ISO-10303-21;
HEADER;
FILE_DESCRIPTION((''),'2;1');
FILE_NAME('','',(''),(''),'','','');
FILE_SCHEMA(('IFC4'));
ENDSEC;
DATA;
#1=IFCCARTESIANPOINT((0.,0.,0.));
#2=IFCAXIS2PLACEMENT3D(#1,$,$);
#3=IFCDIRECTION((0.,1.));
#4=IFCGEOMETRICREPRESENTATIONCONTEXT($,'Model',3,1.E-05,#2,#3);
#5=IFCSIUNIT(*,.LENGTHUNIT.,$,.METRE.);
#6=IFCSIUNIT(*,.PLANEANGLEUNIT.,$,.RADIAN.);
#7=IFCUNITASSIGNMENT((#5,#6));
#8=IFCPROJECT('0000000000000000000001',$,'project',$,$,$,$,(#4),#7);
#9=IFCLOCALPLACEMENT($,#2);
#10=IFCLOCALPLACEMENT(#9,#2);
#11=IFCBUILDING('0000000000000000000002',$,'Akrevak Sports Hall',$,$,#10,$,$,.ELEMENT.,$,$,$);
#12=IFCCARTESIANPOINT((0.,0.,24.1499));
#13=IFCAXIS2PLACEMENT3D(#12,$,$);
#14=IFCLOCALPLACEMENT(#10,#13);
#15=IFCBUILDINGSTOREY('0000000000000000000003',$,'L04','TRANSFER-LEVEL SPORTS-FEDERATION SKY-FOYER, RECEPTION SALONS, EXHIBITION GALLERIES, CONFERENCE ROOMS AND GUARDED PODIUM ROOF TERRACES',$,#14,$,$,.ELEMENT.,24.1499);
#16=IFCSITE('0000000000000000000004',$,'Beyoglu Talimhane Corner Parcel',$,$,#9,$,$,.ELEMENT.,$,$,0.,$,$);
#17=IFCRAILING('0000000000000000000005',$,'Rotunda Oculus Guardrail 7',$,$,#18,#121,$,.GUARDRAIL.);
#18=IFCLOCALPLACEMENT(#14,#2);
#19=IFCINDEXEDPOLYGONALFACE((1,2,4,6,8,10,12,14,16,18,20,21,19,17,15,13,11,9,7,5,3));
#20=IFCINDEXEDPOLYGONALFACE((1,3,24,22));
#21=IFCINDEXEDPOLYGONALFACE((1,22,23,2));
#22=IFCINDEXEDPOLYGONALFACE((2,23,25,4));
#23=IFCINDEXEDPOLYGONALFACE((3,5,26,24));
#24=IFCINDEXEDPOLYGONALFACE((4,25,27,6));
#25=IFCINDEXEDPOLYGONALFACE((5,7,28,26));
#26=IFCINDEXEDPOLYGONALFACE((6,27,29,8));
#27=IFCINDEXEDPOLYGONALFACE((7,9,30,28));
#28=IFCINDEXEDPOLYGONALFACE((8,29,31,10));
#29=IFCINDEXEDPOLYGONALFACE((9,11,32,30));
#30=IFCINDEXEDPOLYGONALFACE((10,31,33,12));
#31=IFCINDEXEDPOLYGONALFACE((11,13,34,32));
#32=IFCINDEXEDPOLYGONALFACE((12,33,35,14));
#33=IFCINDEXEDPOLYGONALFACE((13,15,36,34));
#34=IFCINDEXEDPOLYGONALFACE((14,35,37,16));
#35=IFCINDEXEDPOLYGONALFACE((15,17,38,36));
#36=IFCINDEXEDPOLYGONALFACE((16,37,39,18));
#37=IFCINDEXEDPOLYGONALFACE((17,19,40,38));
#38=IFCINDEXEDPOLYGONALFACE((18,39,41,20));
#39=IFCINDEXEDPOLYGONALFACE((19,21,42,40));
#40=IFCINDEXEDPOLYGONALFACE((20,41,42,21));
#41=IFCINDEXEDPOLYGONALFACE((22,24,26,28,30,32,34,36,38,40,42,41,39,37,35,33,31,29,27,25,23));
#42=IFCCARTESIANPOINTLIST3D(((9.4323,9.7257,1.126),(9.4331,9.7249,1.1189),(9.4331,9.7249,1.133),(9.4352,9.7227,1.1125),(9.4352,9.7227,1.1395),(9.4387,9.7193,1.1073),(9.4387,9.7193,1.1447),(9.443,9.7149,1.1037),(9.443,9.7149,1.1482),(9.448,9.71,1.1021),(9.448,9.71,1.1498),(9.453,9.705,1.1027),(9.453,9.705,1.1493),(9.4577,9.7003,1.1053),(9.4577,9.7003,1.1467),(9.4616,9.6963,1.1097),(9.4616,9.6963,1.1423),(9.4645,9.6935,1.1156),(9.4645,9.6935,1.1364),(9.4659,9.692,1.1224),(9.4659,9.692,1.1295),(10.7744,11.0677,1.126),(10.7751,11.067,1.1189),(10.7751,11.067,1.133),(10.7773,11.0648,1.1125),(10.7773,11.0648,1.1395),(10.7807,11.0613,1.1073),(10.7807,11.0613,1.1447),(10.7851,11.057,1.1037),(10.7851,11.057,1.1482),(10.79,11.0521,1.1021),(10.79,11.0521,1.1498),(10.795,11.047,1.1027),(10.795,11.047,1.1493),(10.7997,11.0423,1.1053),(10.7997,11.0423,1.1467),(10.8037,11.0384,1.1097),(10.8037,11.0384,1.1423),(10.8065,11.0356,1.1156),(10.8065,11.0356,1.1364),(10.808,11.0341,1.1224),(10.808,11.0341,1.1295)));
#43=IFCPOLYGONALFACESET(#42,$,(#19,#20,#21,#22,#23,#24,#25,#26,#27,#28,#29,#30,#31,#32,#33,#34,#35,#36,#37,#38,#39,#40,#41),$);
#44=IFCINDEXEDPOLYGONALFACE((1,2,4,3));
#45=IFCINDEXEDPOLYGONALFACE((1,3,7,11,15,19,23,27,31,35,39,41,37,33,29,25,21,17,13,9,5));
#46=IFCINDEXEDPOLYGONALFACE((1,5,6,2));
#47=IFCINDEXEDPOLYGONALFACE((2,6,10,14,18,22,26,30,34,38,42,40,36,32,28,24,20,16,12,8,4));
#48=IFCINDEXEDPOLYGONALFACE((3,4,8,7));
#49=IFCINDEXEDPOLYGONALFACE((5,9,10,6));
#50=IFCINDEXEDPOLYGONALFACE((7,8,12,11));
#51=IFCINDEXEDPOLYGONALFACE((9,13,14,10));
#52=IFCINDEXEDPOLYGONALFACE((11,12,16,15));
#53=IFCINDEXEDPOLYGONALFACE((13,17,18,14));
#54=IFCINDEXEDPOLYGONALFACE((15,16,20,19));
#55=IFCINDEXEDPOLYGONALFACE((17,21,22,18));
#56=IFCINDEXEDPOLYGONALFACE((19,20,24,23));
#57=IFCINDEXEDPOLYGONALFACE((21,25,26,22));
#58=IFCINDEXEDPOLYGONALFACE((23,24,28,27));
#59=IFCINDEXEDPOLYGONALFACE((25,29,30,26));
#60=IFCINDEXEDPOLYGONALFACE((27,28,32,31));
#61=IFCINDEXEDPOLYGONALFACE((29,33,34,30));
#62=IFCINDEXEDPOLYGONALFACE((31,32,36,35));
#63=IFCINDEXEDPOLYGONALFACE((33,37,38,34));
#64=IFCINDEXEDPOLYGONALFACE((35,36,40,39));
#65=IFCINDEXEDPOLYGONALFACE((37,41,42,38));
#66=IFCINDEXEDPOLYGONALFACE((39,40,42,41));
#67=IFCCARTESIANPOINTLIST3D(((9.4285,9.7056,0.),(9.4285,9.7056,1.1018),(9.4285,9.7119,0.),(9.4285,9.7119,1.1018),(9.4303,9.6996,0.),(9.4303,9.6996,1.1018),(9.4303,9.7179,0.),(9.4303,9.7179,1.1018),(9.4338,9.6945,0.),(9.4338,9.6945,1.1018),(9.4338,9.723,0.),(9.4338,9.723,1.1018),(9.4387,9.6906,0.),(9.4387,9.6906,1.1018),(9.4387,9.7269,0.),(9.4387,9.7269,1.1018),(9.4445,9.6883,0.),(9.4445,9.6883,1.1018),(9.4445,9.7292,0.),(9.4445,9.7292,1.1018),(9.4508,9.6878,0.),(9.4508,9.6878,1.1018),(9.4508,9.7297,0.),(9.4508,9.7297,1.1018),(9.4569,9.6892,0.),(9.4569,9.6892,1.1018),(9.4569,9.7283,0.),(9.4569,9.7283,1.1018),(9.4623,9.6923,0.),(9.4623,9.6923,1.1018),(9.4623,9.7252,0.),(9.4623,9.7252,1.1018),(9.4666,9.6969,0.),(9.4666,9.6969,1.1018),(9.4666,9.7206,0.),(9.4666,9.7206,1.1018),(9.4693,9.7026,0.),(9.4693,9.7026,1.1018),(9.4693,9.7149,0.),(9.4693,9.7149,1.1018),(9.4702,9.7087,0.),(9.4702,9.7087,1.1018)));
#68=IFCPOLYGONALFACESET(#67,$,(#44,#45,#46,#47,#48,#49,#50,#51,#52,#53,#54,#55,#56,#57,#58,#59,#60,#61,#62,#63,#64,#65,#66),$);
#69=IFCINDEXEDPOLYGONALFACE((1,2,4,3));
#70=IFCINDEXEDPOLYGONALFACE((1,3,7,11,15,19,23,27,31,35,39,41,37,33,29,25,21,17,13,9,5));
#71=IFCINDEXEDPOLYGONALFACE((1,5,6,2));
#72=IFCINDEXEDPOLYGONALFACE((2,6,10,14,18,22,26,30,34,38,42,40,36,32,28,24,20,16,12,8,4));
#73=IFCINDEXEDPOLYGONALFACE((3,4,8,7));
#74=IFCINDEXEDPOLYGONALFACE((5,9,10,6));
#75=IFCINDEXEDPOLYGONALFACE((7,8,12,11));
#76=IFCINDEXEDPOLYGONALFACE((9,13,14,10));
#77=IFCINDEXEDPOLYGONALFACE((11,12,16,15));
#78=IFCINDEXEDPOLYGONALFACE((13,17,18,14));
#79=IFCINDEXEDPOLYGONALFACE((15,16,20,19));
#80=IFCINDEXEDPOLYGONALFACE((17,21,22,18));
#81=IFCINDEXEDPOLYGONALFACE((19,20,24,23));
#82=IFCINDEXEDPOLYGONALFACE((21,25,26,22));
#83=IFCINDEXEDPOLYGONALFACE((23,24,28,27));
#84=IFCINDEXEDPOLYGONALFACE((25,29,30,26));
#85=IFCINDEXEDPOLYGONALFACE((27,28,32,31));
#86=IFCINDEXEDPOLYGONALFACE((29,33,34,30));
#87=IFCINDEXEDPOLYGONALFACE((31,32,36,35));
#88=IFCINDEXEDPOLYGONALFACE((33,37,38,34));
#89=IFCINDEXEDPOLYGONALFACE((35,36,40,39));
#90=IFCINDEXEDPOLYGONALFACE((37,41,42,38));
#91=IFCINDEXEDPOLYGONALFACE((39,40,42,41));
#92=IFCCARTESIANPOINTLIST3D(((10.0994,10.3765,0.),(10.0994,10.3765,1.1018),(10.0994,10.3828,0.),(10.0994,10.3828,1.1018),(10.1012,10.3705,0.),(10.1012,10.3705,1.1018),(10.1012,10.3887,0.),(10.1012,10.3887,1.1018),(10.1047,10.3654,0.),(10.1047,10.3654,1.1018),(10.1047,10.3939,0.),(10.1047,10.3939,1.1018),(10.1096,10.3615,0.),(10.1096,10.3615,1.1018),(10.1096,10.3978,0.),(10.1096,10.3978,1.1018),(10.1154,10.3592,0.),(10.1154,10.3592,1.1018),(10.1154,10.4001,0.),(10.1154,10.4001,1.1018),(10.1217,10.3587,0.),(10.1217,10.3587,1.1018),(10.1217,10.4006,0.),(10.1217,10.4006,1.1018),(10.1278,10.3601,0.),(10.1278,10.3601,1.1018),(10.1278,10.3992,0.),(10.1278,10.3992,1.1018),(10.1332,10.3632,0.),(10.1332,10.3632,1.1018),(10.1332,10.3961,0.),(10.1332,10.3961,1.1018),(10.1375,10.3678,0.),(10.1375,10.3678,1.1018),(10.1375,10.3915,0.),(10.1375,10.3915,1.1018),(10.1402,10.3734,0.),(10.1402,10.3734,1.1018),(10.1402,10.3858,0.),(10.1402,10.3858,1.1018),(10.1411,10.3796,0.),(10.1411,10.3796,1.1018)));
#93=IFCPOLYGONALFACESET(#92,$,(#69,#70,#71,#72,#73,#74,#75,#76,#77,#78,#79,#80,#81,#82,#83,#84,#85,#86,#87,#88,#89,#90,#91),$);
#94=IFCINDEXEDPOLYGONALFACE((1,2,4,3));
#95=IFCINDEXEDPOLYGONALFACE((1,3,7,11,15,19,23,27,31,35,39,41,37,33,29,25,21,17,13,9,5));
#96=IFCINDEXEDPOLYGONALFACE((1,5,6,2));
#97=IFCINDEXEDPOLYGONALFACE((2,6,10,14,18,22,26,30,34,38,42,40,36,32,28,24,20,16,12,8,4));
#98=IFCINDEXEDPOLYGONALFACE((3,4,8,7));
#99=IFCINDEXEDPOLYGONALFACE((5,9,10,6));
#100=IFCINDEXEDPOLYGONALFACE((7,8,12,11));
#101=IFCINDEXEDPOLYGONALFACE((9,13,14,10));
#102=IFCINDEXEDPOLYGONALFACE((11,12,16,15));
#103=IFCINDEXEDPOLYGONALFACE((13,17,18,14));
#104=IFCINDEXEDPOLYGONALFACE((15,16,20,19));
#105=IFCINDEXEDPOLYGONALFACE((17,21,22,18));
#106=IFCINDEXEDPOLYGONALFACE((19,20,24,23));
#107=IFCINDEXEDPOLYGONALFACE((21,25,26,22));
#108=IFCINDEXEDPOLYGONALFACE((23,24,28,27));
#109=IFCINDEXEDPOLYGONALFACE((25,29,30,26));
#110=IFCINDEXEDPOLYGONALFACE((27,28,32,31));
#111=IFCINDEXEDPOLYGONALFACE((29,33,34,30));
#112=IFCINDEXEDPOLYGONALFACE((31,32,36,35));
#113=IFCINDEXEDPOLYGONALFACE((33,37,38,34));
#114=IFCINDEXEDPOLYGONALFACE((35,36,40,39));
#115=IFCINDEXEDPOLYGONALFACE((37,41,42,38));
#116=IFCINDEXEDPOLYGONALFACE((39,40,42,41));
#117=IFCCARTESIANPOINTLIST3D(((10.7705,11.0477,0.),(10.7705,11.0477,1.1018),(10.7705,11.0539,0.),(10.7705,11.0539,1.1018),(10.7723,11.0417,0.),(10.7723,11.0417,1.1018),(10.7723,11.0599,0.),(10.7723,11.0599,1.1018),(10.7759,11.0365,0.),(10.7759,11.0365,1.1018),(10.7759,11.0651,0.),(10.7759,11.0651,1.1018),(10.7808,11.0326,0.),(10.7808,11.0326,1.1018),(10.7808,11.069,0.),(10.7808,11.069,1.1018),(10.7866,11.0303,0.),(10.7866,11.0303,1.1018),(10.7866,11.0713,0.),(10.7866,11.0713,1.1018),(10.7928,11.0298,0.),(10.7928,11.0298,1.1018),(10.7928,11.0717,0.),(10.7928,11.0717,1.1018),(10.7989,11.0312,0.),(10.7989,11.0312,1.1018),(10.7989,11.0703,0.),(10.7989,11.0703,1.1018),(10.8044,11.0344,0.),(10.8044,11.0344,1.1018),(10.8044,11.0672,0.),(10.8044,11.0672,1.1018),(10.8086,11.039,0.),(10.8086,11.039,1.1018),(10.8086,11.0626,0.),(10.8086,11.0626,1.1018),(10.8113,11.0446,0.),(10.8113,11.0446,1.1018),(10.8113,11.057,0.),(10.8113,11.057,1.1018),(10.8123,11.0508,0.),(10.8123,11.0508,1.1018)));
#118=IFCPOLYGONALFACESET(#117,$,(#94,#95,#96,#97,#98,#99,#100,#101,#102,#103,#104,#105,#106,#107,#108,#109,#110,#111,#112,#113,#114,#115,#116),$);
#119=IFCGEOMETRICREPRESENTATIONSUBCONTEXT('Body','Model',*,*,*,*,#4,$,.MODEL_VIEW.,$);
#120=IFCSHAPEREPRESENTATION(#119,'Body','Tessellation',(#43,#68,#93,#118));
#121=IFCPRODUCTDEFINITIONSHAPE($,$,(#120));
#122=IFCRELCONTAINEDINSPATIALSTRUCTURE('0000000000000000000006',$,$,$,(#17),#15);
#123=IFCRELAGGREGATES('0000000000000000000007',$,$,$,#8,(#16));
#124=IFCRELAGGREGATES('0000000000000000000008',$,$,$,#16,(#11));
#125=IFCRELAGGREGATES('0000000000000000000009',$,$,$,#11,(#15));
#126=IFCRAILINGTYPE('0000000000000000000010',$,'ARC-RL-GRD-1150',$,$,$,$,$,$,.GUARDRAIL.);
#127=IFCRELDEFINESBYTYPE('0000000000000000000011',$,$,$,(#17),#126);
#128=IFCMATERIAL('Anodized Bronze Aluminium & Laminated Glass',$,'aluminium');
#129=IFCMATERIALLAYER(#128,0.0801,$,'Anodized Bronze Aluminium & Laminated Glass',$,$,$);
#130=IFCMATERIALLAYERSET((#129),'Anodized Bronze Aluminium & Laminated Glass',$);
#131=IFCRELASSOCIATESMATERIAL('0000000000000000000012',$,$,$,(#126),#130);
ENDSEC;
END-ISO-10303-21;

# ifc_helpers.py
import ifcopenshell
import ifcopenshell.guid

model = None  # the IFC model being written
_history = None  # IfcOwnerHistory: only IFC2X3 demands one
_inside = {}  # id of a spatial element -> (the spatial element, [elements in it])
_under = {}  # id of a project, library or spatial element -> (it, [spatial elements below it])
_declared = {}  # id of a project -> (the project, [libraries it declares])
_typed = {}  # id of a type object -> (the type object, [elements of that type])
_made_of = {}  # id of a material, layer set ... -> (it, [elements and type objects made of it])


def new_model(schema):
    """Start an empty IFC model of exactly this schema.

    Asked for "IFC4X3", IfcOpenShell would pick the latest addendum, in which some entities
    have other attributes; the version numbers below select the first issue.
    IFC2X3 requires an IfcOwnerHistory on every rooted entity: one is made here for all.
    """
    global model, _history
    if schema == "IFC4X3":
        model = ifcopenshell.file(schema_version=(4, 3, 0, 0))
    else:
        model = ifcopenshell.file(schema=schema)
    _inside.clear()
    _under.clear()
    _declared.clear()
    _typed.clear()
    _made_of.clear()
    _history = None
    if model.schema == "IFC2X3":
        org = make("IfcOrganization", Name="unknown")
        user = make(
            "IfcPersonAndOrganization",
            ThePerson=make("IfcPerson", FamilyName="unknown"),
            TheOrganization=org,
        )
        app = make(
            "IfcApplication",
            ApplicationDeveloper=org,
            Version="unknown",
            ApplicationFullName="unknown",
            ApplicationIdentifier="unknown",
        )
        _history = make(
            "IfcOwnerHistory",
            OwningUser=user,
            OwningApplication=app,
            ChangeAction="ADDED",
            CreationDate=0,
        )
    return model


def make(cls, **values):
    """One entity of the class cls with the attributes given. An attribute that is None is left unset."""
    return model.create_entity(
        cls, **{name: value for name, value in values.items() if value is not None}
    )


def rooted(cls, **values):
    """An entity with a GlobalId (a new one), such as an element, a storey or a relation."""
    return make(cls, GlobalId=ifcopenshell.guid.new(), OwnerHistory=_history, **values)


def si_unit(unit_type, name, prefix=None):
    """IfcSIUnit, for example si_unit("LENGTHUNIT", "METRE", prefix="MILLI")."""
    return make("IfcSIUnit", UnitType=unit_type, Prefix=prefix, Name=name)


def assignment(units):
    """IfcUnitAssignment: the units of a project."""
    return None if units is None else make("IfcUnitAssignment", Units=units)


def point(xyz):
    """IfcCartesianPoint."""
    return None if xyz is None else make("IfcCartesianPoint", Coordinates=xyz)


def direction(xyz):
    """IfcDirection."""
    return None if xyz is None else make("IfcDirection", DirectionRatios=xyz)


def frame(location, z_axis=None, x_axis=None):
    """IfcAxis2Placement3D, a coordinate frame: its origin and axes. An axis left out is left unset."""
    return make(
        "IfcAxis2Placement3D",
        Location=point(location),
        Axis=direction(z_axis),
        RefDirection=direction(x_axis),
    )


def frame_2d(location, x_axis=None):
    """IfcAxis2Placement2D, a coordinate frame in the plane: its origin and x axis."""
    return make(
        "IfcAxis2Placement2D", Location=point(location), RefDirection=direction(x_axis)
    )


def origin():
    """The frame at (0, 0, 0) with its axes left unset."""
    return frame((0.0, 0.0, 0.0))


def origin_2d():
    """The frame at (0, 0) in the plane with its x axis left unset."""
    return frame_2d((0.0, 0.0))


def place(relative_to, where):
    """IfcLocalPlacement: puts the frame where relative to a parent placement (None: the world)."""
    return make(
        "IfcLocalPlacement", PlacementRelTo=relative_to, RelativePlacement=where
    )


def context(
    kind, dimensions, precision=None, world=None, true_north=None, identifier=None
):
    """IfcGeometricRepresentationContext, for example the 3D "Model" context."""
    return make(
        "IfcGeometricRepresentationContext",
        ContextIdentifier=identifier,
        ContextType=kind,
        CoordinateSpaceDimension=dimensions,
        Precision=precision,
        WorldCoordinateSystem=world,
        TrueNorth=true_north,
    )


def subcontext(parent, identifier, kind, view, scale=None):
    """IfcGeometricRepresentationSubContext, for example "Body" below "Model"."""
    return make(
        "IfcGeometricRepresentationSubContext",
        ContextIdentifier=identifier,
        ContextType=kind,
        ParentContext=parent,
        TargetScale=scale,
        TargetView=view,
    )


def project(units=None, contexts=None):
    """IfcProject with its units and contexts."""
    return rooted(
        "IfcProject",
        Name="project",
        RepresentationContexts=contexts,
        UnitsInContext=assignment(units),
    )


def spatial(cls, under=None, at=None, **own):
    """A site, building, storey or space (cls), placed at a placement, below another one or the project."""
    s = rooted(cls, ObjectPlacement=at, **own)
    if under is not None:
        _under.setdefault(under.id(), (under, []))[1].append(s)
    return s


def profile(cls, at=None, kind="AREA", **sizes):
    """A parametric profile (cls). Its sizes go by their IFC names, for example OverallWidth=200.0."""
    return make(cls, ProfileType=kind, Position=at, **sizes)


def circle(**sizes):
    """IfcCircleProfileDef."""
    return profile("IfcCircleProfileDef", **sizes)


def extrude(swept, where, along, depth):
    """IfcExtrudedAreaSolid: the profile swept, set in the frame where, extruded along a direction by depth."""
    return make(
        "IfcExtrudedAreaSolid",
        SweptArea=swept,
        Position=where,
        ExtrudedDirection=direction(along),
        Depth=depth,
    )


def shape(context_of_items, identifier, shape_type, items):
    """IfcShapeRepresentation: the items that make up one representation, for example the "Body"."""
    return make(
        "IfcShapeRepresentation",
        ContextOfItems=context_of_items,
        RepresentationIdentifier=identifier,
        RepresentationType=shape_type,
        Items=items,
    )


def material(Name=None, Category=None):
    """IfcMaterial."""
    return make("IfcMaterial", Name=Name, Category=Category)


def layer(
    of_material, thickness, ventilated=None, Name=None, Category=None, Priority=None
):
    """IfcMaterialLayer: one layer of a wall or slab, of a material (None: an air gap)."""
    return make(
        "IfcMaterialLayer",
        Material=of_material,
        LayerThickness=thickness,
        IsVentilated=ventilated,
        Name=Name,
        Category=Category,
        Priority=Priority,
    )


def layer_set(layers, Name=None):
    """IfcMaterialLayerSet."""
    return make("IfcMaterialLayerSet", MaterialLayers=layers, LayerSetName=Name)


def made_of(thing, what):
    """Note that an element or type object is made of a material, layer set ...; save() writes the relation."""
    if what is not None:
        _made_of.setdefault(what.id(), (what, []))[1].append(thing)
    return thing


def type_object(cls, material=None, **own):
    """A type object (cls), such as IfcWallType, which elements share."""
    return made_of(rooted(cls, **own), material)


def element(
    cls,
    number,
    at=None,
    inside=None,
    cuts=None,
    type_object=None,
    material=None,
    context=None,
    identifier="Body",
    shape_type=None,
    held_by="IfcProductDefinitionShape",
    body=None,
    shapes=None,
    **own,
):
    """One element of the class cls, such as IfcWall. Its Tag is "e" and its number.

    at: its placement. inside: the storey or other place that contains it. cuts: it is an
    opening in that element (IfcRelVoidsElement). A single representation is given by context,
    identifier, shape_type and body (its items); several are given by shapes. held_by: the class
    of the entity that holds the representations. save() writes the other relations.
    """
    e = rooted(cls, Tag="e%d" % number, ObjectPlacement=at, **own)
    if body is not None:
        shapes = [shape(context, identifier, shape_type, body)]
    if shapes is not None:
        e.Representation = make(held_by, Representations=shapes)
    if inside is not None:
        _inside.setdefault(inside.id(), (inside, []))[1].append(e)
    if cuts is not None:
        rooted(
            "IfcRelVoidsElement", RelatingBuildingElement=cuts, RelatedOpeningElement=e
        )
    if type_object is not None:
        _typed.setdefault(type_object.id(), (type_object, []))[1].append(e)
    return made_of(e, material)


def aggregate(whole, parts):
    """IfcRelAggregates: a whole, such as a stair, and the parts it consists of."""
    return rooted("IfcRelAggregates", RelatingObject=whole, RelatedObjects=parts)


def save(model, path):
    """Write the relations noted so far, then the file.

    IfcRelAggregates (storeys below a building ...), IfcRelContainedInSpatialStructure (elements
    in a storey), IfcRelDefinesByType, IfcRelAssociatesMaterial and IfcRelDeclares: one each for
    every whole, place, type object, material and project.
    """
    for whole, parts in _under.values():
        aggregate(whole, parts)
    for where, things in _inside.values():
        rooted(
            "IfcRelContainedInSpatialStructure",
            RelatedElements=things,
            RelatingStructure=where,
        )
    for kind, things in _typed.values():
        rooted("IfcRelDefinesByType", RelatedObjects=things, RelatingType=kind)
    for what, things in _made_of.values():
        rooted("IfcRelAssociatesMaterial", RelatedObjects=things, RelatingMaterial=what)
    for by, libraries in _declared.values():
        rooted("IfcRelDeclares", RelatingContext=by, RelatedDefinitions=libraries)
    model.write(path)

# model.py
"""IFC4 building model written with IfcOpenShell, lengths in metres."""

from ifc_helpers import new_model, si_unit, direction, frame, origin, origin_2d, place, context, subcontext, project, spatial, circle, extrude, material, layer, layer_set, type_object, element, save


model = new_model("IFC4")

# Units and contexts
model_context = context("Model", 3, precision=1e-05, world=origin(), true_north=direction((0.0, 1.0)))
body_context = subcontext(model_context, "Body", "Model", "MODEL_VIEW")
ifc_project = project(units=[si_unit("LENGTHUNIT", "METRE"), si_unit("PLANEANGLEUNIT", "RADIAN")], contexts=[model_context])

# Site, building, storey
site_placement = place(None, origin())
site = spatial("IfcSite", under=ifc_project, at=site_placement, Name="Beyoglu Talimhane Corner Parcel", CompositionType="ELEMENT", RefElevation=0.0)
building_placement = place(site_placement, origin())
building = spatial("IfcBuilding", under=site, at=building_placement, Name="Akrevak Sports Hall", CompositionType="ELEMENT")
storey_placement = place(building_placement, frame((0.0, 0.0, 24.1499)))
storey = spatial("IfcBuildingStorey", under=building, at=storey_placement, Name="L04", Description="TRANSFER-LEVEL SPORTS-FEDERATION SKY-FOYER, RECEPTION SALONS, EXHIBITION GALLERIES, CONFERENCE ROOMS AND GUARDED PODIUM ROOF TERRACES", CompositionType="ELEMENT", Elevation=24.1499)

# Railing
ifc_material_1 = material(Name="Anodized Bronze Aluminium & Laminated Glass", Category="aluminium")
ifc_layer_1 = layer(ifc_material_1, 0.0801, Name="Anodized Bronze Aluminium & Laminated Glass")
ifc_layer_set_1 = layer_set([ifc_layer_1], Name="Anodized Bronze Aluminium & Laminated Glass")
railing_type = type_object("IfcRailingType", Name="ARC-RL-GRD-1150", PredefinedType="GUARDRAIL", material=ifc_layer_set_1)
railing_1_placement = place(storey_placement, frame((9.4492, 9.7087, 0.0)))
element("IfcRailing", 1, at=railing_1_placement, inside=storey, type_object=railing_type, Name="Rotunda Oculus Guardrail 7", PredefinedType="GUARDRAIL", context=body_context, shape_type="SweptSolid", body=[
    extrude(circle(Radius=0.0239, at=origin_2d()), frame((0.0, 0.0, 1.126), z_axis=(0.707107, 0.707107, 0.0), x_axis=(-0.707107, 0.707107, 0.0)), (0.0, 0.0, 1.0), 1.8979),
    extrude(circle(Radius=0.021, at=origin_2d()), origin(), (0.0, 0.0, 1.0), 1.1018),
    extrude(circle(Radius=0.021, at=origin_2d()), frame((0.6709, 0.6709, 0.0)), (0.0, 0.0, 1.0), 1.1018),
    extrude(circle(Radius=0.021, at=origin_2d()), frame((1.342, 1.342, 0.0)), (0.0, 0.0, 1.0), 1.1018),
])

save(model, "model.ifc")
